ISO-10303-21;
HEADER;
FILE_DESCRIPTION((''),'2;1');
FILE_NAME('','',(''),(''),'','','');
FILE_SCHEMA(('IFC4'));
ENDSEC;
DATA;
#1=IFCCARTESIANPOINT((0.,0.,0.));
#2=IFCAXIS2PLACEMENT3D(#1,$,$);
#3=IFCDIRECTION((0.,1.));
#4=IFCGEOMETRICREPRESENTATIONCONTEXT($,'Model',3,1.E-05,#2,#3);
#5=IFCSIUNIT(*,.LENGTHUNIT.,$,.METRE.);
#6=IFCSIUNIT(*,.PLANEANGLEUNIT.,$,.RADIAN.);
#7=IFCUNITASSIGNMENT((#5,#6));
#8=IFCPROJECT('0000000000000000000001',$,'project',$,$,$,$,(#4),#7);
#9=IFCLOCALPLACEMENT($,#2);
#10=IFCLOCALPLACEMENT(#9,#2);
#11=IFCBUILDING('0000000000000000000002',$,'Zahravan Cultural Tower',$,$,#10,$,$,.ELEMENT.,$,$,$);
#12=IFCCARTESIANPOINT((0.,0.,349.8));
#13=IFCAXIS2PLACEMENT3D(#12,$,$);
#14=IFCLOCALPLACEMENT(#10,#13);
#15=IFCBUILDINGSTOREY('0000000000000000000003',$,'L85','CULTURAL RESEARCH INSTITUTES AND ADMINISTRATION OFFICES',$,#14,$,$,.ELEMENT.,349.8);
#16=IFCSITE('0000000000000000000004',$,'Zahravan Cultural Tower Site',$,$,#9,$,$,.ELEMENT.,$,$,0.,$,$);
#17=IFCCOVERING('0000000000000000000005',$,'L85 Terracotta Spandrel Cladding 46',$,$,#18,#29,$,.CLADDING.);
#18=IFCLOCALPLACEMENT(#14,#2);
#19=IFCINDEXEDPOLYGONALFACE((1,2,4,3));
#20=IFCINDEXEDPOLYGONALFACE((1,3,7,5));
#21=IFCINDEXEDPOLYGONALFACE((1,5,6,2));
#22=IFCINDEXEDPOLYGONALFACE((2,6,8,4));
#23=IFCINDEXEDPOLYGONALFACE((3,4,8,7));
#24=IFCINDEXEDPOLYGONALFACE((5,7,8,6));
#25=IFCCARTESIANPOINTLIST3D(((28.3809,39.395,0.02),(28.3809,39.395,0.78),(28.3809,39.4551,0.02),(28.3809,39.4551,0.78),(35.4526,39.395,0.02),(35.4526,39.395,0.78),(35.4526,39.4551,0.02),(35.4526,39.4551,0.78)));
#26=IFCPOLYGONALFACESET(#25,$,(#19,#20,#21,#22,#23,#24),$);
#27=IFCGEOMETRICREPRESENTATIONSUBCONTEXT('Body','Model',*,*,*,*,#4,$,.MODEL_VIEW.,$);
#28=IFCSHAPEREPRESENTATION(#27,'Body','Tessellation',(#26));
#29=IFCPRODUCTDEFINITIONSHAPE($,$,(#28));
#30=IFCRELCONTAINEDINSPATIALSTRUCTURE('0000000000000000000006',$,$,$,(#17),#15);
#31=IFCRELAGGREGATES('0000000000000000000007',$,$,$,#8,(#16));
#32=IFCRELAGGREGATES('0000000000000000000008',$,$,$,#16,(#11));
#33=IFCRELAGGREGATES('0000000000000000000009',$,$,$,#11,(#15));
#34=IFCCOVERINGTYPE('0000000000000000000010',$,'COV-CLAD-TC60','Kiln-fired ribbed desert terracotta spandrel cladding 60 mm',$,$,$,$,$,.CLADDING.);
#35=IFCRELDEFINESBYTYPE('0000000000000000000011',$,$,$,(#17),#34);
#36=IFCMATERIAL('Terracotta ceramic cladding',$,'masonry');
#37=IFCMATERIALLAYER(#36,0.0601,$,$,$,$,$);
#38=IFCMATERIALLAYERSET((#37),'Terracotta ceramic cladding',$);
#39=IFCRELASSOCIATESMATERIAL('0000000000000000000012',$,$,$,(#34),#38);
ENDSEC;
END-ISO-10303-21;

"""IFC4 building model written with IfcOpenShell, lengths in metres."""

from ifc_helpers import new_model, si_unit, direction, frame, origin, origin_2d, place, context, subcontext, project, spatial, rectangle, extrude, source, transform, mapped, material, layer, layer_set, type_object, element, save


model = new_model("IFC4")

# Units and contexts
model_context = context("Model", 3, precision=1e-05, world=origin(), true_north=direction((0.0, 1.0)))
body_context = subcontext(model_context, "Body", "Model", "MODEL_VIEW")
ifc_project = project(units=[si_unit("LENGTHUNIT", "METRE"), si_unit("PLANEANGLEUNIT", "RADIAN")], contexts=[model_context])

# Site, building, storey
site_placement = place(None, origin())
site = spatial("IfcSite", under=ifc_project, at=site_placement, Name="Zahravan Cultural Tower Site", CompositionType="ELEMENT", RefElevation=0.0)
building_placement = place(site_placement, origin())
building = spatial("IfcBuilding", under=site, at=building_placement, Name="Zahravan Cultural Tower", CompositionType="ELEMENT")
storey_placement = place(building_placement, frame((0.0, 0.0, 349.8)))
storey = spatial("IfcBuildingStorey", under=building, at=storey_placement, Name="L85", Description="CULTURAL RESEARCH INSTITUTES AND ADMINISTRATION OFFICES", CompositionType="ELEMENT", Elevation=349.8)

# Covering
ifc_material_1 = material(Name="Terracotta ceramic cladding", Category="masonry")
ifc_layer_1 = layer(ifc_material_1, 0.0601)
ifc_layer_set_1 = layer_set([ifc_layer_1], Name="Terracotta ceramic cladding")
covering_type = type_object("IfcCoveringType", Name="COV-CLAD-TC60", Description="Kiln-fired ribbed desert terracotta spandrel cladding 60 mm", PredefinedType="CLADDING", material=ifc_layer_set_1)
shared_shape_1 = source(origin(), body_context, "Body", "SweptSolid", [
    extrude(rectangle(XDim=7.0718, YDim=0.0601, at=origin_2d()), origin(), (0.0, 0.0, 1.0), 0.76),
])
covering_1_placement = place(storey_placement, frame((31.9167, 39.425, 0.02), z_axis=(0.0, 0.0, 1.0), x_axis=(1.0, 0.0, 0.0)))
element("IfcCovering", 1, at=covering_1_placement, inside=storey, type_object=covering_type, Name="L85 Terracotta Spandrel Cladding 46", PredefinedType="CLADDING", context=body_context, shape_type="MappedRepresentation", body=[
    mapped(shared_shape_1, transform((0.0, 0.0, 0.0), x_axis=(1.0, 0.0, 0.0), y_axis=(0.0, 1.0, 0.0), z_axis=(0.0, 0.0, 1.0), scale=1.0)),
])

save(model, "model.ifc")
